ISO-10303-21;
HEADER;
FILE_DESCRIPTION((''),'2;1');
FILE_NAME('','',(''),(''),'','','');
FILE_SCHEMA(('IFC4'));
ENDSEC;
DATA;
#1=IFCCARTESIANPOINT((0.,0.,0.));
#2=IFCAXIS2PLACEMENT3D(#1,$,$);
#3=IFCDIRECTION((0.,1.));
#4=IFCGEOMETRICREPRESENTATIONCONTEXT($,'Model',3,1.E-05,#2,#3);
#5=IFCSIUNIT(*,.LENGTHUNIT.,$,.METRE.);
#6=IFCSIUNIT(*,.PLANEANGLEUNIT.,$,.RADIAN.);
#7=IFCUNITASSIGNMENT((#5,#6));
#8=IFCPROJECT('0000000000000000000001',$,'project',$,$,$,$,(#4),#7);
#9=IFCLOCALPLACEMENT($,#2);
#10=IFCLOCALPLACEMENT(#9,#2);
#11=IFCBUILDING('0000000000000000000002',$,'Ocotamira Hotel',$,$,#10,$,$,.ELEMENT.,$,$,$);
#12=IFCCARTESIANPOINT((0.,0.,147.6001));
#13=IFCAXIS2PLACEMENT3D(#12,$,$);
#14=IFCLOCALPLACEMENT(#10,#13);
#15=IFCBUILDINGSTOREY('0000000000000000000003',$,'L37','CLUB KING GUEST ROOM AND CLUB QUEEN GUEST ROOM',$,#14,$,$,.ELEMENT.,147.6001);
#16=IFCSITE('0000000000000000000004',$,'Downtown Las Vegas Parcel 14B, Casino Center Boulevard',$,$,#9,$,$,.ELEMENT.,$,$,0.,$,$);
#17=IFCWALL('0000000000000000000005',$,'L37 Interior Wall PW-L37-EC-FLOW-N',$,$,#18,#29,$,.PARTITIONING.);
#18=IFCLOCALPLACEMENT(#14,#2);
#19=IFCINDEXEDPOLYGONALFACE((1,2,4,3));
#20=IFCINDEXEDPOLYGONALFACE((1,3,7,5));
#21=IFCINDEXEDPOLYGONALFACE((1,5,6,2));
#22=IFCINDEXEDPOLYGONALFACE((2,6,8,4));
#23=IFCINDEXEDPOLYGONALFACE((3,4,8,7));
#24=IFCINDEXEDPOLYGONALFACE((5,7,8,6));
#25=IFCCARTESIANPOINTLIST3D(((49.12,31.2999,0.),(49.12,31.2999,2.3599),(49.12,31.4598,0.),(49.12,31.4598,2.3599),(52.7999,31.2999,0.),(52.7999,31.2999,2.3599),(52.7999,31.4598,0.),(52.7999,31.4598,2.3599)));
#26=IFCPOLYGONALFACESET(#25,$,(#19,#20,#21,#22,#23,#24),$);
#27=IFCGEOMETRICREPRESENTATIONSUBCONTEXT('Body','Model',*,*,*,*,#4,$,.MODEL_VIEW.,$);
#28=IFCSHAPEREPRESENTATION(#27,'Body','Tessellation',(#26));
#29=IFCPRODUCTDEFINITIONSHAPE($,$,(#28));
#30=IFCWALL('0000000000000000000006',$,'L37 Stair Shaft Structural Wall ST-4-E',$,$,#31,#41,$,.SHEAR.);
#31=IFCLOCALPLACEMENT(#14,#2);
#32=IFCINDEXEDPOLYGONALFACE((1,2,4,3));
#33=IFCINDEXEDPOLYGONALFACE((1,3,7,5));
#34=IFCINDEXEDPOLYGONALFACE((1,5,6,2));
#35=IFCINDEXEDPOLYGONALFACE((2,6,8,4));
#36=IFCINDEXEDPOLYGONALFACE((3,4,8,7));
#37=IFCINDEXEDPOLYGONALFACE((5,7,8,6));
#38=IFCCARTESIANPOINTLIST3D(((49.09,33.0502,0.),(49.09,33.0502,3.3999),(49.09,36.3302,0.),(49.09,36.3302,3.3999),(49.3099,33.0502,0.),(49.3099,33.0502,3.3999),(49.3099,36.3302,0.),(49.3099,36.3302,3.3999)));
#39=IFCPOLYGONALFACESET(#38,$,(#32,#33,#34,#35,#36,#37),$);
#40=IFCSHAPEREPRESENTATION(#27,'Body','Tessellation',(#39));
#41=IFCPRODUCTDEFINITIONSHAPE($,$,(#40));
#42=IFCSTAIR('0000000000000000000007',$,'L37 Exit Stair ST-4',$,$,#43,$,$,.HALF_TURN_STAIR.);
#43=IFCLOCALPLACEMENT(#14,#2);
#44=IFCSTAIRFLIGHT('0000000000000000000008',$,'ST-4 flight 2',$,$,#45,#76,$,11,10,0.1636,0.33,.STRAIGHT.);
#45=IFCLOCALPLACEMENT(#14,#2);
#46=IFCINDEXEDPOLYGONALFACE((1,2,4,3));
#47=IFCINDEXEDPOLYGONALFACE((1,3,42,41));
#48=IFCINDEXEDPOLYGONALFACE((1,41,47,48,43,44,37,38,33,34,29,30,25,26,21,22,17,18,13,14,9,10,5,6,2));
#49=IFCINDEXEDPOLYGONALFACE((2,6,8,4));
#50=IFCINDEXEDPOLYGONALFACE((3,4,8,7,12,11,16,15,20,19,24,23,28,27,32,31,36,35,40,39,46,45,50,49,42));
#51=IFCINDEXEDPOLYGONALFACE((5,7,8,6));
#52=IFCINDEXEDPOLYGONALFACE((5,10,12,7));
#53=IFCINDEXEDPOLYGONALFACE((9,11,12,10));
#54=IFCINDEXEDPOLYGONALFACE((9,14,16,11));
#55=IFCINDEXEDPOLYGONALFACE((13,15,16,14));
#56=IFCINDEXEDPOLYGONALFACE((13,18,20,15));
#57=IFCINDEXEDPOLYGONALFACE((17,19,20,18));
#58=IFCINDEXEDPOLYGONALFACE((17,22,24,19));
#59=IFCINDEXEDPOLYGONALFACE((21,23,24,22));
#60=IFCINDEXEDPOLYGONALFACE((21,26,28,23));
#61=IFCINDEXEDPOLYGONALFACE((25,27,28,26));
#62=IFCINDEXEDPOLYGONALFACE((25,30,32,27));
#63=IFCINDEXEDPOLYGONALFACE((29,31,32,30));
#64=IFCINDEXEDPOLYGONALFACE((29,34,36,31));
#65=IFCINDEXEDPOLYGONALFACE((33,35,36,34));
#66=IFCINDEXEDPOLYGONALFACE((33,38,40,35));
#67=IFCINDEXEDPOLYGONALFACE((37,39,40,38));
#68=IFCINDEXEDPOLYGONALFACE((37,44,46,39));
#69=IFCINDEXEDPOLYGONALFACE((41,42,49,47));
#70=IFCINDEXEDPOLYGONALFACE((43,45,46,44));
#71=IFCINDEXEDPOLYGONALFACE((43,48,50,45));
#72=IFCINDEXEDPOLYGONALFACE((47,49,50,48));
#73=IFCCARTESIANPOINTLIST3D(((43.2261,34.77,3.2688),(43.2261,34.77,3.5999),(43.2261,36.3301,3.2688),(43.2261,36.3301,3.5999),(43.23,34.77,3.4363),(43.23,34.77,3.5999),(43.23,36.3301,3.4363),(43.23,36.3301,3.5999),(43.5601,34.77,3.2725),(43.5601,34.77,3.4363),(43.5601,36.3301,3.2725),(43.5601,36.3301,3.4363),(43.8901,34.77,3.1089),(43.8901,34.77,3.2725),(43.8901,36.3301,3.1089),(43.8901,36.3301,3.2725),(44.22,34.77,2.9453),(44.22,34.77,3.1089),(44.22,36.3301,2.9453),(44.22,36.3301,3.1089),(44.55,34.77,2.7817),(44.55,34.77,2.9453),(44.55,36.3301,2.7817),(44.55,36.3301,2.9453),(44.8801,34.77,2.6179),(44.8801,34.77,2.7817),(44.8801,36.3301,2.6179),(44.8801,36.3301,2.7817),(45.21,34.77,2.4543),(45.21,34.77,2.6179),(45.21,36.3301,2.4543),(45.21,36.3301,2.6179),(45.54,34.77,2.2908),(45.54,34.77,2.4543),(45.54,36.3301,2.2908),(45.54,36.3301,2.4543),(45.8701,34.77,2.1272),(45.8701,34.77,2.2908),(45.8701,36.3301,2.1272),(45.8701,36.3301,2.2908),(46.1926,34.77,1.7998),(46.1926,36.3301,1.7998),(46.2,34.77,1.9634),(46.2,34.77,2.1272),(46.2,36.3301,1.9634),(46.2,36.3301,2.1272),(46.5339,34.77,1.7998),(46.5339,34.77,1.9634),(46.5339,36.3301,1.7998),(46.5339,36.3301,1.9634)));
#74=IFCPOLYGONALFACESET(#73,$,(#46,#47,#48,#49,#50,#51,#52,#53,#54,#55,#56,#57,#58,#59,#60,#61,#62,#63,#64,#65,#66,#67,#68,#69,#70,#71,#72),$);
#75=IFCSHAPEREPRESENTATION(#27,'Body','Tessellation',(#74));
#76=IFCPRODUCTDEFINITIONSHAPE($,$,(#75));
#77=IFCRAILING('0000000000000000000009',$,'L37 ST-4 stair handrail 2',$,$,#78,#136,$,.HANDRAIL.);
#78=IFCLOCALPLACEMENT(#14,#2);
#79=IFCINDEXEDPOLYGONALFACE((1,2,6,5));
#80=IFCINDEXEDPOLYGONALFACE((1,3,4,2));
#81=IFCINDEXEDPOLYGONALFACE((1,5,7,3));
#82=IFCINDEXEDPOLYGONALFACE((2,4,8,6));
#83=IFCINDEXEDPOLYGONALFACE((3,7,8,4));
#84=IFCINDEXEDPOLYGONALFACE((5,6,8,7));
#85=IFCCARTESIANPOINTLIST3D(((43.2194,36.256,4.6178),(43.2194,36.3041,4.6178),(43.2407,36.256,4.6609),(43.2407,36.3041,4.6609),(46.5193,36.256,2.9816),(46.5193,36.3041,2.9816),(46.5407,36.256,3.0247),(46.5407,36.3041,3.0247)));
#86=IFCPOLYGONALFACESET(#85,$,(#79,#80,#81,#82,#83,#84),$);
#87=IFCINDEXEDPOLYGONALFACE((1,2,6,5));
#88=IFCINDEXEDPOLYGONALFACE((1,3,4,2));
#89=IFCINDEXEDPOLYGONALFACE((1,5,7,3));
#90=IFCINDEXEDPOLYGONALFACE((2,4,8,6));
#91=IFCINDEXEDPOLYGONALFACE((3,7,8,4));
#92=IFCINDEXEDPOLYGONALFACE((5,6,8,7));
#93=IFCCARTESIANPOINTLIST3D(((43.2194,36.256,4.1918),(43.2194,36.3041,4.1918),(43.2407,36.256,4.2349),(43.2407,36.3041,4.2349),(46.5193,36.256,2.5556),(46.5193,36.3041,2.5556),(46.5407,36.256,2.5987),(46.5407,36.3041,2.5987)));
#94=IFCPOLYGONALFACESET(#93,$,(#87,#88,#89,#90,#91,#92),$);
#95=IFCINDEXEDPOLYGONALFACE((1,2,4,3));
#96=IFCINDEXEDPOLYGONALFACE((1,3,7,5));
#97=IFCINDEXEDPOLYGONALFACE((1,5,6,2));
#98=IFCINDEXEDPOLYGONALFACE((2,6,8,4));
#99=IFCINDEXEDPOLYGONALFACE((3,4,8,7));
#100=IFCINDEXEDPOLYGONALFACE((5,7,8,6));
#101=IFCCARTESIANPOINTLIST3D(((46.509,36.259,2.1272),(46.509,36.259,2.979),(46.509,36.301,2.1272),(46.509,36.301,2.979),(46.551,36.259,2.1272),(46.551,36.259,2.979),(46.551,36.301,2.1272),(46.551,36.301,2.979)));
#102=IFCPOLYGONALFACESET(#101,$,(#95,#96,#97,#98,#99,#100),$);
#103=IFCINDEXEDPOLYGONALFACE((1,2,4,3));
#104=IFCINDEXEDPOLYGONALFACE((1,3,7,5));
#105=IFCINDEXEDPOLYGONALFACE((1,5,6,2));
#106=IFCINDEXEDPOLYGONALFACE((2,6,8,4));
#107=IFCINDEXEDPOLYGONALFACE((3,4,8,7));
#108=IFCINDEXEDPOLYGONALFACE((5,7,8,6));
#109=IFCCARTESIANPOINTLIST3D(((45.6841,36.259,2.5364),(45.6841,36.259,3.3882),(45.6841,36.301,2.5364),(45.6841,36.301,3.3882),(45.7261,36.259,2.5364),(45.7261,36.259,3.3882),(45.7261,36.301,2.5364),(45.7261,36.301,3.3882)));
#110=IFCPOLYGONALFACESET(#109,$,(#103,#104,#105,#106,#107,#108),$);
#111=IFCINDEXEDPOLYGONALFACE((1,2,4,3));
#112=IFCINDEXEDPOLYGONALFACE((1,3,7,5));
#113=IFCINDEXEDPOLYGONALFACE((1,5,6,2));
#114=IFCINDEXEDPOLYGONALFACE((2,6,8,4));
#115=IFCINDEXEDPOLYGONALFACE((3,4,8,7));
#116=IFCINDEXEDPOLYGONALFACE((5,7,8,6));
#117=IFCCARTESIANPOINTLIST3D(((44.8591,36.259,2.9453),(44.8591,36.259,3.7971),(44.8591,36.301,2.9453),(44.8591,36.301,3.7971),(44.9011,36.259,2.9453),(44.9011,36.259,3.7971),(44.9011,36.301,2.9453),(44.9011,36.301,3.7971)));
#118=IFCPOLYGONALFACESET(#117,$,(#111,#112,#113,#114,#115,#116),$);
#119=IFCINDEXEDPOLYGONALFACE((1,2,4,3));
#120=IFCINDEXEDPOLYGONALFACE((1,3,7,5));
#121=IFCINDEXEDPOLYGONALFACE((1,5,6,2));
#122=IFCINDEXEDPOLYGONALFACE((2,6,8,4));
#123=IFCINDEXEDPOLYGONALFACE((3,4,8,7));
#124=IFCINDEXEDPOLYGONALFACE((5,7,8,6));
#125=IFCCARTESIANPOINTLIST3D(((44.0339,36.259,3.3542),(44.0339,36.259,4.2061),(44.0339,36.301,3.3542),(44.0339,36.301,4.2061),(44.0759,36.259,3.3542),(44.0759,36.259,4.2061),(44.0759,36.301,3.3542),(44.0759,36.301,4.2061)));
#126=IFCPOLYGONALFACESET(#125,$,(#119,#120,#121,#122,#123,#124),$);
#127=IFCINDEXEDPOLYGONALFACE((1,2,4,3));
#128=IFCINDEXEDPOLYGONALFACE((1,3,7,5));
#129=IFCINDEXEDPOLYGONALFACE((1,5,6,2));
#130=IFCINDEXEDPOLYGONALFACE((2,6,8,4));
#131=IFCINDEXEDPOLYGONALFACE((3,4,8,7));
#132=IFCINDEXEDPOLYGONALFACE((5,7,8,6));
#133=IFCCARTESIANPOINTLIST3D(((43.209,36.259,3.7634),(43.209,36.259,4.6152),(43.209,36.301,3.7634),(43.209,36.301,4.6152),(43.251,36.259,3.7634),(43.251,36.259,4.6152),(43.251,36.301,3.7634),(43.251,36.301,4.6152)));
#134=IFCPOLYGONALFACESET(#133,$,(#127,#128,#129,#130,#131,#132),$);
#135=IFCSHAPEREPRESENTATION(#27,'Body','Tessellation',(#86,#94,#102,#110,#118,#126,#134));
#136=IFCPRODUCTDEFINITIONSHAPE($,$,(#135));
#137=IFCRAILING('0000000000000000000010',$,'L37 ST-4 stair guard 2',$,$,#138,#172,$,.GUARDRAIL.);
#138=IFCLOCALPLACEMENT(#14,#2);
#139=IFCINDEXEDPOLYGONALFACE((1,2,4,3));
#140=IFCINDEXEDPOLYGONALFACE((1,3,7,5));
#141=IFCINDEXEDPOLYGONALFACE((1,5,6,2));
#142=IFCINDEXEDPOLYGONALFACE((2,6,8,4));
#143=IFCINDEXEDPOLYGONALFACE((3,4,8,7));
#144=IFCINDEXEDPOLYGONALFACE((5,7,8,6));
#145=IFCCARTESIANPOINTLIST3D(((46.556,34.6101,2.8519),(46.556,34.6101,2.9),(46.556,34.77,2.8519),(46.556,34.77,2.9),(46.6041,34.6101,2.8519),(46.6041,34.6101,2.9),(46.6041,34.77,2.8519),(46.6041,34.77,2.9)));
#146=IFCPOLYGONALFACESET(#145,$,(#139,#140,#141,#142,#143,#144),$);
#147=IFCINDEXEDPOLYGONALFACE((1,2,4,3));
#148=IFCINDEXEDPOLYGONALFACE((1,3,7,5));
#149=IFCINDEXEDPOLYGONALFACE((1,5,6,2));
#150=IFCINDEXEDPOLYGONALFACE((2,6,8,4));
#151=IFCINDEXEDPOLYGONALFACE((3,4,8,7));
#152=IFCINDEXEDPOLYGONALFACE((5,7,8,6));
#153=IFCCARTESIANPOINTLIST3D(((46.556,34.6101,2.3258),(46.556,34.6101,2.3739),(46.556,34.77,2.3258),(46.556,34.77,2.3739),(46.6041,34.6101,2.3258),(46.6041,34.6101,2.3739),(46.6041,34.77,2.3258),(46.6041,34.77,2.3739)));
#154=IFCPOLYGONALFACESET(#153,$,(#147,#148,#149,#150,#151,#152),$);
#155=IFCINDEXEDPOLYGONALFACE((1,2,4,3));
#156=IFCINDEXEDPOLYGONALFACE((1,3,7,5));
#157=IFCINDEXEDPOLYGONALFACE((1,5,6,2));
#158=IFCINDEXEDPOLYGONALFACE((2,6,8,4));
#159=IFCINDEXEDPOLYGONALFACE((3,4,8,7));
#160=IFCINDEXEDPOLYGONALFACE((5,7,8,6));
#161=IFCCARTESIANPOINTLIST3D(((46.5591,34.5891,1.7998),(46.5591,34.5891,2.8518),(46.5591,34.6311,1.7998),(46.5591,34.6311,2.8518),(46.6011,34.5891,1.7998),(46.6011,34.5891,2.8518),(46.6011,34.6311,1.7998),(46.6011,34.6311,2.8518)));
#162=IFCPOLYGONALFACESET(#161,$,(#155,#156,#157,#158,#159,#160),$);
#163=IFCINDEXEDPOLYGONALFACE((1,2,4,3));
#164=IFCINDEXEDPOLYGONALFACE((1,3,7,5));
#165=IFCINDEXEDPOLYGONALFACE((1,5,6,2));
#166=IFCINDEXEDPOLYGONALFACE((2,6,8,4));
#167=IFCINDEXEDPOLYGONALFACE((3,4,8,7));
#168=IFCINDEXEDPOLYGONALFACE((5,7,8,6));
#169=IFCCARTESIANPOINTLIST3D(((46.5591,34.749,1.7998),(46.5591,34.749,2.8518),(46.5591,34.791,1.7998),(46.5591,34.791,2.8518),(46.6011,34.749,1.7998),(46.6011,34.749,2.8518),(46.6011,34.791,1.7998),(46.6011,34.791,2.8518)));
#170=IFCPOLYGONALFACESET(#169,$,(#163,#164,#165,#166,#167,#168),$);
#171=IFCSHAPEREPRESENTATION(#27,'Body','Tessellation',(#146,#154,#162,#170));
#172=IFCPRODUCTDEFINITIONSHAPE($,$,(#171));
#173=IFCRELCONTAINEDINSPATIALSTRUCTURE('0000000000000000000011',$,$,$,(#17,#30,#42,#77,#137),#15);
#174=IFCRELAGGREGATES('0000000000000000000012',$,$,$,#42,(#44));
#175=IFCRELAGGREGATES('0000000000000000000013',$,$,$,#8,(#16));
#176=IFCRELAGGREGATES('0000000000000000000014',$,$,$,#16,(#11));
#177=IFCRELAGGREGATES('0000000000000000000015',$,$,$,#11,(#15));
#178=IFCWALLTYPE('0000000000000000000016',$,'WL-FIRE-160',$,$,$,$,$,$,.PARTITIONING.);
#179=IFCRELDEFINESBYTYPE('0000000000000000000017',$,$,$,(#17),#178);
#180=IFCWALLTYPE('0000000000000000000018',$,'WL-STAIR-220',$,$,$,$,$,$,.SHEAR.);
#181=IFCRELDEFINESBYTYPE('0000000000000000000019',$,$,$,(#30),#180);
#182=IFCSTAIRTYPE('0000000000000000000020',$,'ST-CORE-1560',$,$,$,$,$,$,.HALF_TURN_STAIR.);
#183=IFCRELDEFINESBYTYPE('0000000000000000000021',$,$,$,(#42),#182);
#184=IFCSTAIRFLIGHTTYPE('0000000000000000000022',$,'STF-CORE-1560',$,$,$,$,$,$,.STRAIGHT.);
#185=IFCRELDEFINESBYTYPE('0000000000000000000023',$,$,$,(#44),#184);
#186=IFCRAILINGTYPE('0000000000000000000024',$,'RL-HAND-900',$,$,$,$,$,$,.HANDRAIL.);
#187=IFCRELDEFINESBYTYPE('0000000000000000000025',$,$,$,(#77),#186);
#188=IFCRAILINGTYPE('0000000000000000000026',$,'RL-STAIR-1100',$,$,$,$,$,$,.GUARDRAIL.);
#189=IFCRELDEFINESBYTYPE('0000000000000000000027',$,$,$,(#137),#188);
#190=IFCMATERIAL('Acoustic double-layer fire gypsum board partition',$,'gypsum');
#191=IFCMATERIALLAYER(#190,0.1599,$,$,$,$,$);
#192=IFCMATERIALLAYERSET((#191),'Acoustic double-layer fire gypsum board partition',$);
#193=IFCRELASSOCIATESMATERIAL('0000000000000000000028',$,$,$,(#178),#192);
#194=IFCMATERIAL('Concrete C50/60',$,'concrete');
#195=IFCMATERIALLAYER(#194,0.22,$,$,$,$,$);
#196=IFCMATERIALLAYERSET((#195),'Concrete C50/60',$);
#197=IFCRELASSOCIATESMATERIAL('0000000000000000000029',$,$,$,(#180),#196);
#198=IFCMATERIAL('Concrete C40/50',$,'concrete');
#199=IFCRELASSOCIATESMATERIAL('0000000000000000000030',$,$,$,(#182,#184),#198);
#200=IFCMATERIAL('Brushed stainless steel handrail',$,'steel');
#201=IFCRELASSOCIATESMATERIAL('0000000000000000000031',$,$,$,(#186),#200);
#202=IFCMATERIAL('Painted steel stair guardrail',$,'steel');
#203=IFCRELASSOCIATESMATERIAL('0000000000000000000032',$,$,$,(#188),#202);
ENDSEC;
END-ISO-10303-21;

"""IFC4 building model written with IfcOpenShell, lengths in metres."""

from ifc_helpers import new_model, si_unit, direction, frame, frame_2d, origin, origin_2d, place, context, subcontext, project, spatial, polyline, rectangle, outline, extrude, source, transform, mapped, material, layer, layer_set, type_object, element, aggregate, save


model = new_model("IFC4")

# Units and contexts
model_context = context("Model", 3, precision=1e-05, world=origin(), true_north=direction((0.0, 1.0)))
body_context = subcontext(model_context, "Body", "Model", "MODEL_VIEW")
ifc_project = project(units=[si_unit("LENGTHUNIT", "METRE"), si_unit("PLANEANGLEUNIT", "RADIAN")], contexts=[model_context])

# Site, building, storey
site_placement = place(None, origin())
site = spatial("IfcSite", under=ifc_project, at=site_placement, Name="Downtown Las Vegas Parcel 14B, Casino Center Boulevard", CompositionType="ELEMENT", RefElevation=0.0)
building_placement = place(site_placement, origin())
building = spatial("IfcBuilding", under=site, at=building_placement, Name="Ocotamira Hotel", CompositionType="ELEMENT")
storey_placement = place(building_placement, frame((0.0, 0.0, 147.6001)))
storey = spatial("IfcBuildingStorey", under=building, at=storey_placement, Name="L37", Description="CLUB KING GUEST ROOM AND CLUB QUEEN GUEST ROOM", CompositionType="ELEMENT", Elevation=147.6001)

# Wall
ifc_material_1 = material(Name="Acoustic double-layer fire gypsum board partition", Category="gypsum")
ifc_layer_1 = layer(ifc_material_1, 0.1599)
ifc_layer_set_1 = layer_set([ifc_layer_1], Name="Acoustic double-layer fire gypsum board partition")
wall_type_1 = type_object("IfcWallType", Name="WL-FIRE-160", PredefinedType="PARTITIONING", material=ifc_layer_set_1)
wall_1_placement = place(storey_placement, frame((49.1201, 31.3799, 0.0), z_axis=(0.0, 0.0, 1.0), x_axis=(1.0, 0.0, 0.0)))
element("IfcWall", 1, at=wall_1_placement, inside=storey, type_object=wall_type_1, Name="L37 Interior Wall PW-L37-EC-FLOW-N", PredefinedType="PARTITIONING", context=body_context, shape_type="SweptSolid", body=[
    extrude(rectangle(XDim=3.6799, YDim=0.1599, at=frame_2d((1.8398, 0.0))), origin(), (0.0, 0.0, 1.0), 2.3599),
])

# Wall
ifc_material_2 = material(Name="Concrete C50/60", Category="concrete")
ifc_layer_2 = layer(ifc_material_2, 0.22)
ifc_layer_set_2 = layer_set([ifc_layer_2], Name="Concrete C50/60")
wall_type_2 = type_object("IfcWallType", Name="WL-STAIR-220", PredefinedType="SHEAR", material=ifc_layer_set_2)
wall_2_placement = place(storey_placement, frame((49.2, 33.05, 0.0), z_axis=(0.0, 0.0, 1.0), x_axis=(0.0, 1.0, 0.0)))
element("IfcWall", 2, at=wall_2_placement, inside=storey, type_object=wall_type_2, Name="L37 Stair Shaft Structural Wall ST-4-E", PredefinedType="SHEAR", context=body_context, shape_type="SweptSolid", body=[
    extrude(rectangle(XDim=3.28, YDim=0.22, at=frame_2d((1.6401, 0.0))), origin(), (0.0, 0.0, 1.0), 3.3999),
])

# Stair, stair flight
ifc_material_3 = material(Name="Concrete C40/50", Category="concrete")
stair_type = type_object("IfcStairType", Name="ST-CORE-1560", PredefinedType="HALF_TURN_STAIR", material=ifc_material_3)
stair_placement = place(storey_placement, origin())
stair = element("IfcStair", 3, at=stair_placement, inside=storey, type_object=stair_type, Name="L37 Exit Stair ST-4", PredefinedType="HALF_TURN_STAIR")
stair_flight_type = type_object("IfcStairFlightType", Name="STF-CORE-1560", PredefinedType="STRAIGHT", material=ifc_material_3)
shared_shape_1 = source(origin(), body_context, "Body", "SweptSolid", [
    extrude(outline(polyline([(-0.0039, 0.0), (-0.0039, 0.1636), (0.3301, 0.1636), (0.3301, 0.3274), (0.6599, 0.3274), (0.6599, 0.491), (0.99, 0.491), (0.99, 0.6545), (1.3201, 0.6545), (1.3201, 0.8181), (1.6499, 0.8181), (1.6499, 0.9819), (1.98, 0.9819), (1.98, 1.1455), (2.3101, 1.1455), (2.3101, 1.3091), (2.6399, 1.3091), (2.6399, 1.4727), (2.97, 1.4727), (2.97, 1.6365), (3.3, 1.6365), (3.3, 1.8), (3.304, 1.8), (3.304, 1.469), (0.3374, 0.0), (-0.0039, 0.0)])), frame((0.0, 0.78, 0.0), z_axis=(0.0, -1.0, 0.0), x_axis=(1.0, 0.0, 0.0)), (0.0, 0.0, 1.0), 1.5601),
])
stair_flight_placement = place(storey_placement, frame((46.53, 35.55, 1.7998), z_axis=(0.0, 0.0, 1.0), x_axis=(-1.0, 0.0, 0.0)))
stair_flight = element("IfcStairFlight", 4, at=stair_flight_placement, type_object=stair_flight_type, Name="ST-4 flight 2", NumberOfRisers=11, NumberOfTreads=10, PredefinedType="STRAIGHT", RiserHeight=0.1636, TreadLength=0.33, context=body_context, shape_type="MappedRepresentation", body=[
    mapped(shared_shape_1, transform((0.0, 0.0, 0.0), scale=1.0)),
])
aggregate(stair, [stair_flight])

# Railings
ifc_material_4 = material(Name="Brushed stainless steel handrail", Category="steel")
railing_type_1 = type_object("IfcRailingType", Name="RL-HAND-900", PredefinedType="HANDRAIL", material=ifc_material_4)
railing_1_placement = place(storey_placement, frame((46.53, 36.28, 2.1272)))
element("IfcRailing", 5, at=railing_1_placement, inside=storey, type_object=railing_type_1, Name="L37 ST-4 stair handrail 2", PredefinedType="HANDRAIL", context=body_context, shape_type="SweptSolid", body=[
    extrude(rectangle(XDim=0.0481, YDim=0.0481, at=origin_2d()), frame((0.0, 0.0, 0.876), z_axis=(-0.89592, 0.0, 0.444215), x_axis=(0.0, -1.0, 0.0)), (0.0, 0.0, 1.0), 3.6833),
    extrude(rectangle(XDim=0.0481, YDim=0.0481, at=origin_2d()), frame((0.0, 0.0, 0.45), z_axis=(-0.89592, 0.0, 0.444215), x_axis=(0.0, -1.0, 0.0)), (0.0, 0.0, 1.0), 3.6833),
    extrude(rectangle(XDim=0.042, YDim=0.042, at=origin_2d()), origin(), (0.0, 0.0, 1.0), 0.8518),
    extrude(rectangle(XDim=0.042, YDim=0.042, at=origin_2d()), frame((-0.825, 0.0, 0.4092)), (0.0, 0.0, 1.0), 0.8518),
    extrude(rectangle(XDim=0.042, YDim=0.042, at=origin_2d()), frame((-1.6499, 0.0, 0.8181)), (0.0, 0.0, 1.0), 0.8518),
    extrude(rectangle(XDim=0.042, YDim=0.042, at=origin_2d()), frame((-2.4751, 0.0, 1.2271)), (0.0, 0.0, 1.0), 0.8518),
    extrude(rectangle(XDim=0.042, YDim=0.042, at=origin_2d()), frame((-3.3, 0.0, 1.6362)), (0.0, 0.0, 1.0), 0.8518),
])
ifc_material_5 = material(Name="Painted steel stair guardrail", Category="steel")
railing_type_2 = type_object("IfcRailingType", Name="RL-STAIR-1100", PredefinedType="GUARDRAIL", material=ifc_material_5)
railing_2_placement = place(storey_placement, frame((46.5801, 34.6101, 1.7998)))
element("IfcRailing", 6, at=railing_2_placement, inside=storey, type_object=railing_type_2, Name="L37 ST-4 stair guard 2", PredefinedType="GUARDRAIL", context=body_context, shape_type="SweptSolid", body=[
    extrude(rectangle(XDim=0.0481, YDim=0.0481, at=origin_2d()), frame((0.0, 0.0, 1.0762), z_axis=(0.0, 1.0, 0.0), x_axis=(-1.0, 0.0, 0.0)), (0.0, 0.0, 1.0), 0.1599),
    extrude(rectangle(XDim=0.0481, YDim=0.0481, at=origin_2d()), frame((0.0, 0.0, 0.55), z_axis=(0.0, 1.0, 0.0), x_axis=(-1.0, 0.0, 0.0)), (0.0, 0.0, 1.0), 0.1599),
    extrude(rectangle(XDim=0.042, YDim=0.042, at=origin_2d()), origin(), (0.0, 0.0, 1.0), 1.052),
    extrude(rectangle(XDim=0.042, YDim=0.042, at=origin_2d()), frame((0.0, 0.1599, 0.0)), (0.0, 0.0, 1.0), 1.052),
])

save(model, "model.ifc")
